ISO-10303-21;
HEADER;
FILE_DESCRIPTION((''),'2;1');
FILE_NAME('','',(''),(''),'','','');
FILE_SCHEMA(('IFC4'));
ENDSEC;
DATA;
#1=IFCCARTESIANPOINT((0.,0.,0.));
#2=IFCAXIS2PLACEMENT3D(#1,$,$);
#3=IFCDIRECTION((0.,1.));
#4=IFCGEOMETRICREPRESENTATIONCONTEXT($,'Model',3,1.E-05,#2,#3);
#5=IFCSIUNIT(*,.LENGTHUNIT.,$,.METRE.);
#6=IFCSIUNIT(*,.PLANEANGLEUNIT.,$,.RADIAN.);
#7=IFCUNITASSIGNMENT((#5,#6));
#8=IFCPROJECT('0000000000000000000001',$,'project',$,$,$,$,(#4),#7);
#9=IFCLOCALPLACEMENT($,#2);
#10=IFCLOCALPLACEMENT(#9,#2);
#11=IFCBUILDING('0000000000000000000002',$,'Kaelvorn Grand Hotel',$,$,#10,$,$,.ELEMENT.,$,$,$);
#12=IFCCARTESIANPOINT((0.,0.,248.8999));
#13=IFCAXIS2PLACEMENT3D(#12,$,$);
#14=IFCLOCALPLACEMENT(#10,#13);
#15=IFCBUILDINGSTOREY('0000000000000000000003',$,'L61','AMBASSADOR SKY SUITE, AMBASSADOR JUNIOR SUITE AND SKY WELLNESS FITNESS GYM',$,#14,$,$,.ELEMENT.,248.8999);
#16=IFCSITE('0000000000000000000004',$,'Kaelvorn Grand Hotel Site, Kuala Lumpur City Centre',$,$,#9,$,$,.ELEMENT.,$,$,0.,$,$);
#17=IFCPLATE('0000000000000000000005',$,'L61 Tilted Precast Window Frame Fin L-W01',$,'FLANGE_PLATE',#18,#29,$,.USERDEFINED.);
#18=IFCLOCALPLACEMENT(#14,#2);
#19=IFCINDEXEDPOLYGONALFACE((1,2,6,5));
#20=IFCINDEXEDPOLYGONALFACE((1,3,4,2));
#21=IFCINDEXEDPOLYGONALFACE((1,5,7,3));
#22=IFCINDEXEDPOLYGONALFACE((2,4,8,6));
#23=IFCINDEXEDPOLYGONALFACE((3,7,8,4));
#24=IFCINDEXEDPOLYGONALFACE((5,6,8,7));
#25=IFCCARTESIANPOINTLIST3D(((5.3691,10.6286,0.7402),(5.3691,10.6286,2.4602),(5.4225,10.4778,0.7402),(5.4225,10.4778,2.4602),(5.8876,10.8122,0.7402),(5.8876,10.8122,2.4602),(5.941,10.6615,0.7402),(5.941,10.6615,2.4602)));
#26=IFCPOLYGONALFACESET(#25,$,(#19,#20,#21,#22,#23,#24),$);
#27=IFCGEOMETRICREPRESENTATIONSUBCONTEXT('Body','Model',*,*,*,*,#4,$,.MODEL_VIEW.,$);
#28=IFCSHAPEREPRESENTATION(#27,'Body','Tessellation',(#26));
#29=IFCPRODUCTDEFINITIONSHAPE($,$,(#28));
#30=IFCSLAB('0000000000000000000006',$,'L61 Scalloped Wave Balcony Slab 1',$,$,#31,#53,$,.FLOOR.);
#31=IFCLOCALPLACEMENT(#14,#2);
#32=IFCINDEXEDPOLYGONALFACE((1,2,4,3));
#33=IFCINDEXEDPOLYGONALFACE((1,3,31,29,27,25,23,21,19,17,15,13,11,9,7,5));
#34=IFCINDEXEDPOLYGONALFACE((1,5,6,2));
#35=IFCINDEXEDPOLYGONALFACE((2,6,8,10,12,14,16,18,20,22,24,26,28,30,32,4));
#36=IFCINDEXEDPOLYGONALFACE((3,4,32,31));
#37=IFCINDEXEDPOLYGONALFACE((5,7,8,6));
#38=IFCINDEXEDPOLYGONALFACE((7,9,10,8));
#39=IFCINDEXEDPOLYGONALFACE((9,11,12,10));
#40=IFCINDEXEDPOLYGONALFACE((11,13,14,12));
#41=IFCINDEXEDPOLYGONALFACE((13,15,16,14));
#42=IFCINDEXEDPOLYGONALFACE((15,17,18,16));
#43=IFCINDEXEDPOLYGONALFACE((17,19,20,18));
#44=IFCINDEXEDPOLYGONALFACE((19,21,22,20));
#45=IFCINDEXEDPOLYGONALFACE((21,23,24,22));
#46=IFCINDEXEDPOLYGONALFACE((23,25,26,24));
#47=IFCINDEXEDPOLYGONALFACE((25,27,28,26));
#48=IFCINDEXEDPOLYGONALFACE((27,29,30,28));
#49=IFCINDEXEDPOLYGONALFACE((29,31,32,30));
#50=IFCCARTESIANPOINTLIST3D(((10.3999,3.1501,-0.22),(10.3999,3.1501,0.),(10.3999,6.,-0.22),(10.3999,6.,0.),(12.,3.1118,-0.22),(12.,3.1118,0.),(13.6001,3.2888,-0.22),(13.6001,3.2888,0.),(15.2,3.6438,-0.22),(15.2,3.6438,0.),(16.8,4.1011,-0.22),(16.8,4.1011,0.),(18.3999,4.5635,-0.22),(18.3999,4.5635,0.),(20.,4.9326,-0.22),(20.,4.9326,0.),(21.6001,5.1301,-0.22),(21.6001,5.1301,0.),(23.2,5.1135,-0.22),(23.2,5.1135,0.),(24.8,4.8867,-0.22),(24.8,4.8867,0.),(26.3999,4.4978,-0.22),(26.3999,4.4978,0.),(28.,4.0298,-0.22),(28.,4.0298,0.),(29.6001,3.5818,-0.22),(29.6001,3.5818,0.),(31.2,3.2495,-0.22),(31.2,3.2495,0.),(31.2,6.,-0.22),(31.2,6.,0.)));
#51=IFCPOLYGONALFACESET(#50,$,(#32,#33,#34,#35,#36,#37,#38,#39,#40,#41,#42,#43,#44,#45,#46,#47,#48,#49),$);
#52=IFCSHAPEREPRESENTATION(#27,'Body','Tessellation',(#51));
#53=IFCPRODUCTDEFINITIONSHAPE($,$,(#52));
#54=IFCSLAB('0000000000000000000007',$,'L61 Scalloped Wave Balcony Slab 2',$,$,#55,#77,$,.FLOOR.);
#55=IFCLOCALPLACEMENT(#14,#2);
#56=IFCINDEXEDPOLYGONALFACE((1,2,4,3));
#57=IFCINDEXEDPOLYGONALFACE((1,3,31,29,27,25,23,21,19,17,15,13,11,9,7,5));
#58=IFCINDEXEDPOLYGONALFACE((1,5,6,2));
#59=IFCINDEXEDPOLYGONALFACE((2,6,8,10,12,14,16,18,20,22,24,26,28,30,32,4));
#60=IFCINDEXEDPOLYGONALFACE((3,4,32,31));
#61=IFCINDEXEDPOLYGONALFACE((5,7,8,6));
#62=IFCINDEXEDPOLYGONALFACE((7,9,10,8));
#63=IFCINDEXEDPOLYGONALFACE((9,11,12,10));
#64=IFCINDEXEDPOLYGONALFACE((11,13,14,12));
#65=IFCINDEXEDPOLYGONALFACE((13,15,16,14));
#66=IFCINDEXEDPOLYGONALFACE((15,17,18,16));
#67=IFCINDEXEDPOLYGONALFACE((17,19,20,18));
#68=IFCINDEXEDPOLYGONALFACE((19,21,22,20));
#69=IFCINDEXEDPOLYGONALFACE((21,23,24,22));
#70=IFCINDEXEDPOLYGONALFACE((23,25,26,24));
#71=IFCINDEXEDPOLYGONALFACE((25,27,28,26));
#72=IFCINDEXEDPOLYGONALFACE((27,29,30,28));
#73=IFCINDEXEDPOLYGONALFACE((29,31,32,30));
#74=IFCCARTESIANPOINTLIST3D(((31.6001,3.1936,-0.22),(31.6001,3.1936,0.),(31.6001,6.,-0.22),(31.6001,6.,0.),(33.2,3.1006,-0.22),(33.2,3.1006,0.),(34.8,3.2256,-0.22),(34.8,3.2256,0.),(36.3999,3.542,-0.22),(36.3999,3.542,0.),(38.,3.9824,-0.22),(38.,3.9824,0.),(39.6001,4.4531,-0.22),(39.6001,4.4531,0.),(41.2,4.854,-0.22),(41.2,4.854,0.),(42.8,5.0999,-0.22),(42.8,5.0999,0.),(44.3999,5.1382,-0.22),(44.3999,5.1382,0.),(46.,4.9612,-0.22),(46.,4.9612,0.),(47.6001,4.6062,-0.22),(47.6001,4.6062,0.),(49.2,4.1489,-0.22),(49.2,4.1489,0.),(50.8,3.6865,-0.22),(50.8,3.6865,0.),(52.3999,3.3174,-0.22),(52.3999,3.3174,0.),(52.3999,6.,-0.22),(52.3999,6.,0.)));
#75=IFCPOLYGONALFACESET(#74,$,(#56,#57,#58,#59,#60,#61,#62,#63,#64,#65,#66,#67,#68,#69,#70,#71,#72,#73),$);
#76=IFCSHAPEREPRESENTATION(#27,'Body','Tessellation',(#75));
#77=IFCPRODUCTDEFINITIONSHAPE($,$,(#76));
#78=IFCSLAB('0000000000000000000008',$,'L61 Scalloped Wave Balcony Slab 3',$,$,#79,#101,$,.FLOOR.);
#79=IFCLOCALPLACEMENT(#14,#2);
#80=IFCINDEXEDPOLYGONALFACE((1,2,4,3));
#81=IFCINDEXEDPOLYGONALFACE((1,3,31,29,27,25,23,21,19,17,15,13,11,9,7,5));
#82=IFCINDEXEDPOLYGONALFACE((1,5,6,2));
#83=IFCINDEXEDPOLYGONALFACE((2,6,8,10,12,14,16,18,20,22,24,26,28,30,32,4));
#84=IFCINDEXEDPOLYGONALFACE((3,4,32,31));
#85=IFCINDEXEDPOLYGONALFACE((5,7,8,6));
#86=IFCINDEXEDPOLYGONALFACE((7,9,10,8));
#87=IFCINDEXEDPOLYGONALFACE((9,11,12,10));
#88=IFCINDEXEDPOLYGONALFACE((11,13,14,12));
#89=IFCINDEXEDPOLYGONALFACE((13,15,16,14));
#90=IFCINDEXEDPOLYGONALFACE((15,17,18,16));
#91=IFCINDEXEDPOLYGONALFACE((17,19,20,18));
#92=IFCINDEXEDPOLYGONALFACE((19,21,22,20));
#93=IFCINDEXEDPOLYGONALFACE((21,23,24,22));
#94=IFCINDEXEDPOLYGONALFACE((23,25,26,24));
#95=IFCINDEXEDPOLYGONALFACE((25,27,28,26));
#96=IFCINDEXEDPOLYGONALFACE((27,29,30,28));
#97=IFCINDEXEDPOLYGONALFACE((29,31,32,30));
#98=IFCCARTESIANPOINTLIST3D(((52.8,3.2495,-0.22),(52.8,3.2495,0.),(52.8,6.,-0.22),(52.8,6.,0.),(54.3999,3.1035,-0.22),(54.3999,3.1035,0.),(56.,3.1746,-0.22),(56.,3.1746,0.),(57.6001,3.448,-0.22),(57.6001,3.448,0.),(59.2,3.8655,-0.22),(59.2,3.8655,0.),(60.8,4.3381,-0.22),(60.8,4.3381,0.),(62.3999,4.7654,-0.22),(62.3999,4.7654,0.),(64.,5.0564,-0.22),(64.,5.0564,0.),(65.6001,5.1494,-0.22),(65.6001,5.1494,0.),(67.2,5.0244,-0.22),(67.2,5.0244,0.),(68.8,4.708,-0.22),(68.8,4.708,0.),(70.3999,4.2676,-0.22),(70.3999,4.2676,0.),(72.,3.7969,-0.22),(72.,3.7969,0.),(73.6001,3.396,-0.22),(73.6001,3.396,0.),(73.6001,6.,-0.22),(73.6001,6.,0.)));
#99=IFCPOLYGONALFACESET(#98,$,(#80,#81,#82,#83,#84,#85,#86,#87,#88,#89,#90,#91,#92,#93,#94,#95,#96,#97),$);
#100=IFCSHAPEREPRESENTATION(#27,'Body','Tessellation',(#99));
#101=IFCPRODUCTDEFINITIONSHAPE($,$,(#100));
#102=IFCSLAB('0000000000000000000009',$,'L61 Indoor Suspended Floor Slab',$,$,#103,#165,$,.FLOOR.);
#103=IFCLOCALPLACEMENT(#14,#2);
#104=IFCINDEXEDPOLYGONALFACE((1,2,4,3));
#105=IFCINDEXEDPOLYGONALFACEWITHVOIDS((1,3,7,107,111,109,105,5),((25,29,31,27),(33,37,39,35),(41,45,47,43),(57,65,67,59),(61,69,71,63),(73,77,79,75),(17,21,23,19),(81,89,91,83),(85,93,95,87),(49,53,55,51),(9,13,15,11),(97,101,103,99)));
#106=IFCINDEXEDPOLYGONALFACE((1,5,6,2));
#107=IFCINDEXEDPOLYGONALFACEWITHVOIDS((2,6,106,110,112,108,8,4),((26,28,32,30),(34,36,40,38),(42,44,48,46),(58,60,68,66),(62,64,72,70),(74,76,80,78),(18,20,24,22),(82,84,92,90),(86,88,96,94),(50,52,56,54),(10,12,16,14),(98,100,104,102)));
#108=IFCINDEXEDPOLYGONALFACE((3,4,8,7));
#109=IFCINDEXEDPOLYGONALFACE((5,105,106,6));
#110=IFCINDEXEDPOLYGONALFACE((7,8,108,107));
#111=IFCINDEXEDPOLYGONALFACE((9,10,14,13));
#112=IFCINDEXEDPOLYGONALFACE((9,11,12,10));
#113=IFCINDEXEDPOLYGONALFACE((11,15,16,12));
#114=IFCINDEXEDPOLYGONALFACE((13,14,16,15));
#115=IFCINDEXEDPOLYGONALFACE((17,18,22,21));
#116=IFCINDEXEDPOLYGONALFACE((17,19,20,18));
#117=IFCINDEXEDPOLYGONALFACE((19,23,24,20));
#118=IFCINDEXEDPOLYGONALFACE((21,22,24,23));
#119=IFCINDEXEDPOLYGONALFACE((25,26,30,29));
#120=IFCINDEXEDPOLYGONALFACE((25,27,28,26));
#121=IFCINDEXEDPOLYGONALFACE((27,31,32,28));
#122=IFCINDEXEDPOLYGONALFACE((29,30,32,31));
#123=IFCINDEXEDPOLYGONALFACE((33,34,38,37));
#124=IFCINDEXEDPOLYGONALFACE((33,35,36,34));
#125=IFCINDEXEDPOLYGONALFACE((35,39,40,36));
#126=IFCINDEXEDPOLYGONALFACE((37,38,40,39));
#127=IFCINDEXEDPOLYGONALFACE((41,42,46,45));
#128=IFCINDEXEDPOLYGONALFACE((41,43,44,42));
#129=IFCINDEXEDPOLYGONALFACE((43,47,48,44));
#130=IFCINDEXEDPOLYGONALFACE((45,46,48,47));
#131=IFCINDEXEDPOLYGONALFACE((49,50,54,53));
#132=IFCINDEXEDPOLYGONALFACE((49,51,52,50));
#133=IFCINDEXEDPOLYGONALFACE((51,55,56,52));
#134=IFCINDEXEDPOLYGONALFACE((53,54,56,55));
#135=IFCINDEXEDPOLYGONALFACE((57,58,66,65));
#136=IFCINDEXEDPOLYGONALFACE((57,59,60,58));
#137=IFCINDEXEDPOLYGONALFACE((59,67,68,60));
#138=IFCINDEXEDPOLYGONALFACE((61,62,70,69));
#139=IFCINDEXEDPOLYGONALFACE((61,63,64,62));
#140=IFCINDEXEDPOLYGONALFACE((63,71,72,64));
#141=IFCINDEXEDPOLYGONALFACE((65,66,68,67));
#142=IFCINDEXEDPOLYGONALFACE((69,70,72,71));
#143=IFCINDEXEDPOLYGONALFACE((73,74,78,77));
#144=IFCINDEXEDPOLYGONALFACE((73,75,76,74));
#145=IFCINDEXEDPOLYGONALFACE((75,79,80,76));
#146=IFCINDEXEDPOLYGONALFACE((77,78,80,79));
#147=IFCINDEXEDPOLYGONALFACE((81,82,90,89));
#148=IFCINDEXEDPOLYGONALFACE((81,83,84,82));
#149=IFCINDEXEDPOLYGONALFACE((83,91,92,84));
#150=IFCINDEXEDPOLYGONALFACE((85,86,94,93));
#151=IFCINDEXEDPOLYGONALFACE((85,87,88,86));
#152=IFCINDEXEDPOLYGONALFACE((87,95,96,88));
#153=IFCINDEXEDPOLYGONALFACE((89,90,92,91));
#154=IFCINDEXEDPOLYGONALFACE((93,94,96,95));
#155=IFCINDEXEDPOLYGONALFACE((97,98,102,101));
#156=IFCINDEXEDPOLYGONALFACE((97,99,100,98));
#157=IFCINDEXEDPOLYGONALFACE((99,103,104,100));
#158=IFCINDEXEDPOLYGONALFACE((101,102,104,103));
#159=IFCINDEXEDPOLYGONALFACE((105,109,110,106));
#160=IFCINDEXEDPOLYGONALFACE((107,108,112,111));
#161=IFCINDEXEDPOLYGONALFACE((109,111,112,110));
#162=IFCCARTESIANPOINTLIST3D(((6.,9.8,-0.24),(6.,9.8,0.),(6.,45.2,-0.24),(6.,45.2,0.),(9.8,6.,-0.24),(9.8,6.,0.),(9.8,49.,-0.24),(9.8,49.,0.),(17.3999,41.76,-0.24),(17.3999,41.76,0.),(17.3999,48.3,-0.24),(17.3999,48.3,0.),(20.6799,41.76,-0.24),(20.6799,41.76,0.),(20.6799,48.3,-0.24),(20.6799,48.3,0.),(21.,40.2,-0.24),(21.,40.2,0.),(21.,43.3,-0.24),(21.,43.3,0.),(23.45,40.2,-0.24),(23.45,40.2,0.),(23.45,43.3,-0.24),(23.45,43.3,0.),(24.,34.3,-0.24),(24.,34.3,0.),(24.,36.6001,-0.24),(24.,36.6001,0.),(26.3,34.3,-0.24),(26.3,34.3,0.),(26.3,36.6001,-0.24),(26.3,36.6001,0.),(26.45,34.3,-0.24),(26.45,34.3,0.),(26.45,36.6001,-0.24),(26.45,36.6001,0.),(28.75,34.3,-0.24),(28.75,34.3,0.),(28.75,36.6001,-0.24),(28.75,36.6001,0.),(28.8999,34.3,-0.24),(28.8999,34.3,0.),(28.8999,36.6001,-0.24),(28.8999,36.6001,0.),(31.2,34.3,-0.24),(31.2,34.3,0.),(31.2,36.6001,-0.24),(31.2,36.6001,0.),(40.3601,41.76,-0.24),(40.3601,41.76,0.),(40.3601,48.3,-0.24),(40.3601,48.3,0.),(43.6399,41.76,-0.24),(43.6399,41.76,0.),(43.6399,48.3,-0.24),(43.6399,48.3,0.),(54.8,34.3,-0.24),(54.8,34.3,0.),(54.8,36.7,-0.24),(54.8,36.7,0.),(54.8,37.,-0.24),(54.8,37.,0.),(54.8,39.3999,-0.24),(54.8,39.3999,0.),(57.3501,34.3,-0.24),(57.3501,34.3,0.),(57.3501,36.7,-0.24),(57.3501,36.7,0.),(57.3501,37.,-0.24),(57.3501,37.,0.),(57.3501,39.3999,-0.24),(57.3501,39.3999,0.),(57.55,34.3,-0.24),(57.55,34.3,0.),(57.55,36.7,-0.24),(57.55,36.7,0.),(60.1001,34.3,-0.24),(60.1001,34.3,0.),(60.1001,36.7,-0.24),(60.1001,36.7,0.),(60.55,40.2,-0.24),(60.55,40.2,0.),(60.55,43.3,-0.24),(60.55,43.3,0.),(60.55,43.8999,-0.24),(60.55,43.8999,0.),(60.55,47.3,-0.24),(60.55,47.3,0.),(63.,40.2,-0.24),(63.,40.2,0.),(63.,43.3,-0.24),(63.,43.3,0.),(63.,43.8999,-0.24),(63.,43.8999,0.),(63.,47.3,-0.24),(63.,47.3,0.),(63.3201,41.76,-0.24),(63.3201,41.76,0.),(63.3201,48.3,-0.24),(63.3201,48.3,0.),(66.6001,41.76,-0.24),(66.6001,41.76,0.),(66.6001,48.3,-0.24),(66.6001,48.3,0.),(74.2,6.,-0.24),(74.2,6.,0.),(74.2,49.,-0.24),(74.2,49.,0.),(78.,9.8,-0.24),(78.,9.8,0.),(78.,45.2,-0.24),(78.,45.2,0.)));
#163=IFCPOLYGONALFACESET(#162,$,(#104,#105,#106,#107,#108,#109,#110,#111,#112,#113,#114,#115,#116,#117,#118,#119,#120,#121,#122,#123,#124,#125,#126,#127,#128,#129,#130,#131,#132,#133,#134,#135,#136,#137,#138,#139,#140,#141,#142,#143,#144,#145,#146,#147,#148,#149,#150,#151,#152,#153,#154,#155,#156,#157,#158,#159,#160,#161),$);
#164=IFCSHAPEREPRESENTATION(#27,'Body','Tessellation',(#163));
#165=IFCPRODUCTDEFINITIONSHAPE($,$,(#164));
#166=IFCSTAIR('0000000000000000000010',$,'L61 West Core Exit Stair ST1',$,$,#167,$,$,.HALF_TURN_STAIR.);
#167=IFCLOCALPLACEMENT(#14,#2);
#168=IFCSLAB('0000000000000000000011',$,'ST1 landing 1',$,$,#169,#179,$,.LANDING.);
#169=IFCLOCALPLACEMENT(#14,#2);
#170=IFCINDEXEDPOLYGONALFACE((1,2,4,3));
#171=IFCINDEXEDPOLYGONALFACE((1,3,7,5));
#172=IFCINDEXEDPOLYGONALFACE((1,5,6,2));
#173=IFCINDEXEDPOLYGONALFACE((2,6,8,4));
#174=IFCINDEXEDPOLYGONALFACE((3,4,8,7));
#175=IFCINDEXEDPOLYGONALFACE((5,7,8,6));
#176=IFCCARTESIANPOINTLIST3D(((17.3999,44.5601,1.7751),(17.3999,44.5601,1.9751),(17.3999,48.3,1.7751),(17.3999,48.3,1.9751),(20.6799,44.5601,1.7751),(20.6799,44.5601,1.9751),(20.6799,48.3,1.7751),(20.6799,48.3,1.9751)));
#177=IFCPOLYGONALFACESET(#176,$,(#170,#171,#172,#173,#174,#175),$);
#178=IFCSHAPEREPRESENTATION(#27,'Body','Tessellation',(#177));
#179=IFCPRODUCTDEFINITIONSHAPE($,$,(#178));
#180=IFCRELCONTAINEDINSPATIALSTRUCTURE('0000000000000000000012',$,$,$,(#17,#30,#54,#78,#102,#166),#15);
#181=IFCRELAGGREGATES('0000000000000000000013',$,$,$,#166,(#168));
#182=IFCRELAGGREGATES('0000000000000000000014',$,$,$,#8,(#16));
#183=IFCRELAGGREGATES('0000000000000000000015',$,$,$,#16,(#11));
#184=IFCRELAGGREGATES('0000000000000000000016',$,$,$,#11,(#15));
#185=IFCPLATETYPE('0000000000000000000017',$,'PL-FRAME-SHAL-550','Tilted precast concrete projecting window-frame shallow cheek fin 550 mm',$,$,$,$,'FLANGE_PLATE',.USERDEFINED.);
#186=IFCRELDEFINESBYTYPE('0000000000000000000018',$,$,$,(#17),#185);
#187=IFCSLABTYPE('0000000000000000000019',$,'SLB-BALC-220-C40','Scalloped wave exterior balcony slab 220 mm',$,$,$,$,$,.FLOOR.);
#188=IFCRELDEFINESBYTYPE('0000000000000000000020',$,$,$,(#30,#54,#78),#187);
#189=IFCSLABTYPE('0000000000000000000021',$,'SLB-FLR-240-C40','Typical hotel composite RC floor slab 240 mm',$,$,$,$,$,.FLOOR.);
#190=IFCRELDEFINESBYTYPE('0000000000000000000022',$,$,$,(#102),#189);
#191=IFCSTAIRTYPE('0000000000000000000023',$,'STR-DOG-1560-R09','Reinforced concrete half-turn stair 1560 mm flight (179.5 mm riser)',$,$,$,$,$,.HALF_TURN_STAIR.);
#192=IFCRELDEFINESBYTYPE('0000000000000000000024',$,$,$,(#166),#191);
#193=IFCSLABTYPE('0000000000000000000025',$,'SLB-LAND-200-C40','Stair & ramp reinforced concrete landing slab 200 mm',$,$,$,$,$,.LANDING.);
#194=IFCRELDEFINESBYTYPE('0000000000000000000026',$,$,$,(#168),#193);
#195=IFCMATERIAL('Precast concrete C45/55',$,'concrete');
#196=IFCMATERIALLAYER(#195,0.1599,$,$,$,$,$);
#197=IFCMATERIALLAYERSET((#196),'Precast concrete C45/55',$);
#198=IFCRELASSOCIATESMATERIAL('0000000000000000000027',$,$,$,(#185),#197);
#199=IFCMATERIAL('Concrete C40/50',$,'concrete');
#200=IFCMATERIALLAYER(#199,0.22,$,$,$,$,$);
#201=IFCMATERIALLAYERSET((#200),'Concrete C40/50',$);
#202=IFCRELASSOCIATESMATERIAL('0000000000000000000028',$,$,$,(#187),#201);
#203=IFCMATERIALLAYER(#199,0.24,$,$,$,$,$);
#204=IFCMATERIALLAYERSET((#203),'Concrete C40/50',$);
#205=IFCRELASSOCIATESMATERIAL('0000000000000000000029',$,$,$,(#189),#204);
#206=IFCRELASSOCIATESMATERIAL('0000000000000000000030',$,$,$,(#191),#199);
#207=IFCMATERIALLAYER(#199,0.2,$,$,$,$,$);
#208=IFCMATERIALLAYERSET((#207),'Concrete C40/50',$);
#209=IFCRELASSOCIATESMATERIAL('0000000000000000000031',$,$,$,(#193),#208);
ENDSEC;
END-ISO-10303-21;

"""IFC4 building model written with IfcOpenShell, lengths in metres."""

from ifc_helpers import new_model, si_unit, direction, frame, origin, origin_2d, place, context, subcontext, project, spatial, polyline, rectangle, outline, extrude, material, layer, layer_set, type_object, element, aggregate, save


model = new_model("IFC4")

# Units and contexts
model_context = context("Model", 3, precision=1e-05, world=origin(), true_north=direction((0.0, 1.0)))
body_context = subcontext(model_context, "Body", "Model", "MODEL_VIEW")
ifc_project = project(units=[si_unit("LENGTHUNIT", "METRE"), si_unit("PLANEANGLEUNIT", "RADIAN")], contexts=[model_context])

# Site, building, storey
site_placement = place(None, origin())
site = spatial("IfcSite", under=ifc_project, at=site_placement, Name="Kaelvorn Grand Hotel Site, Kuala Lumpur City Centre", CompositionType="ELEMENT", RefElevation=0.0)
building_placement = place(site_placement, origin())
building = spatial("IfcBuilding", under=site, at=building_placement, Name="Kaelvorn Grand Hotel", CompositionType="ELEMENT")
storey_placement = place(building_placement, frame((0.0, 0.0, 248.8999)))
storey = spatial("IfcBuildingStorey", under=building, at=storey_placement, Name="L61", Description="AMBASSADOR SKY SUITE, AMBASSADOR JUNIOR SUITE AND SKY WELLNESS FITNESS GYM", CompositionType="ELEMENT", Elevation=248.8999)

# Plate
ifc_material_1 = material(Name="Precast concrete C45/55", Category="concrete")
ifc_layer_1 = layer(ifc_material_1, 0.1599)
ifc_layer_set_1 = layer_set([ifc_layer_1], Name="Precast concrete C45/55")
plate_type = type_object("IfcPlateType", Name="PL-FRAME-SHAL-550", Description="Tilted precast concrete projecting window-frame shallow cheek fin 550 mm", ElementType="FLANGE_PLATE", PredefinedType="USERDEFINED", material=ifc_layer_set_1)
plate_placement = place(storey_placement, frame((5.655, 10.645, 0.7402), z_axis=(0.0, 0.0, 1.0), x_axis=(-0.333807, 0.942641, 0.0)))
element("IfcPlate", 1, at=plate_placement, inside=storey, type_object=plate_type, Name="L61 Tilted Precast Window Frame Fin L-W01", ObjectType="FLANGE_PLATE", PredefinedType="USERDEFINED", context=body_context, shape_type="SweptSolid", body=[
    extrude(rectangle(XDim=0.1599, YDim=0.55, at=origin_2d()), origin(), (0.0, 0.0, 1.0), 1.72),
])

# Slabs
ifc_material_2 = material(Name="Concrete C40/50", Category="concrete")
ifc_layer_2 = layer(ifc_material_2, 0.22)
ifc_layer_set_2 = layer_set([ifc_layer_2], Name="Concrete C40/50")
slab_type_1 = type_object("IfcSlabType", Name="SLB-BALC-220-C40", Description="Scalloped wave exterior balcony slab 220 mm", PredefinedType="FLOOR", material=ifc_layer_set_2)
slab_1_placement = place(storey_placement, frame((0.0, 0.0, -0.22)))
element("IfcSlab", 2, at=slab_1_placement, inside=storey, type_object=slab_type_1, Name="L61 Scalloped Wave Balcony Slab 1", PredefinedType="FLOOR", context=body_context, shape_type="SweptSolid", body=[
    extrude(outline(polyline([(10.3999, 3.1501), (12.0, 3.1118), (13.6001, 3.2888), (15.2, 3.6438), (16.8, 4.1011), (18.3999, 4.5635), (20.0, 4.9326), (21.6001, 5.1301), (23.2, 5.1135), (24.8, 4.8867), (26.3999, 4.4978), (28.0, 4.0298), (29.6001, 3.5818), (31.2, 3.2495), (31.2, 6.0), (10.3999, 6.0), (10.3999, 3.1501)])), origin(), (0.0, 0.0, 1.0), 0.22),
])
slab_2_placement = place(storey_placement, frame((0.0, 0.0, -0.22)))
element("IfcSlab", 3, at=slab_2_placement, inside=storey, type_object=slab_type_1, Name="L61 Scalloped Wave Balcony Slab 2", PredefinedType="FLOOR", context=body_context, shape_type="SweptSolid", body=[
    extrude(outline(polyline([(31.6001, 3.1936), (33.2, 3.1006), (34.8, 3.2256), (36.3999, 3.542), (38.0, 3.9824), (39.6001, 4.4531), (41.2, 4.854), (42.8, 5.0999), (44.3999, 5.1382), (46.0, 4.9612), (47.6001, 4.6062), (49.2, 4.1489), (50.8, 3.6865), (52.3999, 3.3174), (52.3999, 6.0), (31.6001, 6.0), (31.6001, 3.1936)])), origin(), (0.0, 0.0, 1.0), 0.22),
])
slab_3_placement = place(storey_placement, frame((0.0, 0.0, -0.22)))
element("IfcSlab", 4, at=slab_3_placement, inside=storey, type_object=slab_type_1, Name="L61 Scalloped Wave Balcony Slab 3", PredefinedType="FLOOR", context=body_context, shape_type="SweptSolid", body=[
    extrude(outline(polyline([(52.8, 3.2495), (54.3999, 3.1035), (56.0, 3.1746), (57.6001, 3.448), (59.2, 3.8655), (60.8, 4.3381), (62.3999, 4.7654), (64.0, 5.0564), (65.6001, 5.1494), (67.2, 5.0244), (68.8, 4.708), (70.3999, 4.2676), (72.0, 3.7969), (73.6001, 3.396), (73.6001, 6.0), (52.8, 6.0), (52.8, 3.2495)])), origin(), (0.0, 0.0, 1.0), 0.22),
])
ifc_layer_3 = layer(ifc_material_2, 0.24)
ifc_layer_set_3 = layer_set([ifc_layer_3], Name="Concrete C40/50")
slab_type_2 = type_object("IfcSlabType", Name="SLB-FLR-240-C40", Description="Typical hotel composite RC floor slab 240 mm", PredefinedType="FLOOR", material=ifc_layer_set_3)
slab_4_placement = place(storey_placement, frame((0.0, 0.0, -0.24)))
element("IfcSlab", 5, at=slab_4_placement, inside=storey, type_object=slab_type_2, Name="L61 Indoor Suspended Floor Slab", PredefinedType="FLOOR", context=body_context, shape_type="SweptSolid", body=[
    extrude(outline(polyline([(9.8, 6.0), (74.2, 6.0), (78.0, 9.8), (78.0, 45.2), (74.2, 49.0), (9.8, 49.0), (6.0, 45.2), (6.0, 9.8), (9.8, 6.0)]), holes=[polyline([(17.3999, 41.76), (17.3999, 48.3), (20.6799, 48.3), (20.6799, 41.76), (17.3999, 41.76)]), polyline([(40.3601, 41.76), (40.3601, 48.3), (43.6399, 48.3), (43.6399, 41.76), (40.3601, 41.76)]), polyline([(63.3201, 41.76), (63.3201, 48.3), (66.6001, 48.3), (66.6001, 41.76), (63.3201, 41.76)]), polyline([(24.0, 34.3), (24.0, 36.6001), (26.3, 36.6001), (26.3, 34.3), (24.0, 34.3)]), polyline([(26.45, 34.3), (26.45, 36.6001), (28.75, 36.6001), (28.75, 34.3), (26.45, 34.3)]), polyline([(28.8999, 34.3), (28.8999, 36.6001), (31.2, 36.6001), (31.2, 34.3), (28.8999, 34.3)]), polyline([(54.8, 34.3), (54.8, 36.7), (57.3501, 36.7), (57.3501, 34.3), (54.8, 34.3)]), polyline([(57.55, 34.3), (57.55, 36.7), (60.1001, 36.7), (60.1001, 34.3), (57.55, 34.3)]), polyline([(54.8, 37.0), (54.8, 39.3999), (57.3501, 39.3999), (57.3501, 37.0), (54.8, 37.0)]), polyline([(21.0, 40.2), (21.0, 43.3), (23.45, 43.3), (23.45, 40.2), (21.0, 40.2)]), polyline([(60.55, 40.2), (60.55, 43.3), (63.0, 43.3), (63.0, 40.2), (60.55, 40.2)]), polyline([(60.55, 43.8999), (60.55, 47.3), (63.0, 47.3), (63.0, 43.8999), (60.55, 43.8999)])]), origin(), (0.0, 0.0, 1.0), 0.24),
])

# Stair, slab
stair_type = type_object("IfcStairType", Name="STR-DOG-1560-R09", Description="Reinforced concrete half-turn stair 1560 mm flight (179.5 mm riser)", PredefinedType="HALF_TURN_STAIR", material=ifc_material_2)
stair_1_placement = place(storey_placement, origin())
stair_1 = element("IfcStair", 6, at=stair_1_placement, inside=storey, type_object=stair_type, Name="L61 West Core Exit Stair ST1", PredefinedType="HALF_TURN_STAIR")
ifc_layer_4 = layer(ifc_material_2, 0.2)
ifc_layer_set_4 = layer_set([ifc_layer_4], Name="Concrete C40/50")
slab_type_3 = type_object("IfcSlabType", Name="SLB-LAND-200-C40", Description="Stair & ramp reinforced concrete landing slab 200 mm", PredefinedType="LANDING", material=ifc_layer_set_4)
slab_5_placement = place(storey_placement, frame((0.0, 0.0, 1.7751)))
slab_5 = element("IfcSlab", 7, at=slab_5_placement, type_object=slab_type_3, Name="ST1 landing 1", PredefinedType="LANDING", context=body_context, shape_type="SweptSolid", body=[
    extrude(outline(polyline([(20.6799, 44.5601), (20.6799, 48.3), (17.3999, 48.3), (17.3999, 44.5601), (20.6799, 44.5601)])), origin(), (0.0, 0.0, 1.0), 0.2),
])
aggregate(stair_1, [slab_5])

save(model, "model.ifc")
